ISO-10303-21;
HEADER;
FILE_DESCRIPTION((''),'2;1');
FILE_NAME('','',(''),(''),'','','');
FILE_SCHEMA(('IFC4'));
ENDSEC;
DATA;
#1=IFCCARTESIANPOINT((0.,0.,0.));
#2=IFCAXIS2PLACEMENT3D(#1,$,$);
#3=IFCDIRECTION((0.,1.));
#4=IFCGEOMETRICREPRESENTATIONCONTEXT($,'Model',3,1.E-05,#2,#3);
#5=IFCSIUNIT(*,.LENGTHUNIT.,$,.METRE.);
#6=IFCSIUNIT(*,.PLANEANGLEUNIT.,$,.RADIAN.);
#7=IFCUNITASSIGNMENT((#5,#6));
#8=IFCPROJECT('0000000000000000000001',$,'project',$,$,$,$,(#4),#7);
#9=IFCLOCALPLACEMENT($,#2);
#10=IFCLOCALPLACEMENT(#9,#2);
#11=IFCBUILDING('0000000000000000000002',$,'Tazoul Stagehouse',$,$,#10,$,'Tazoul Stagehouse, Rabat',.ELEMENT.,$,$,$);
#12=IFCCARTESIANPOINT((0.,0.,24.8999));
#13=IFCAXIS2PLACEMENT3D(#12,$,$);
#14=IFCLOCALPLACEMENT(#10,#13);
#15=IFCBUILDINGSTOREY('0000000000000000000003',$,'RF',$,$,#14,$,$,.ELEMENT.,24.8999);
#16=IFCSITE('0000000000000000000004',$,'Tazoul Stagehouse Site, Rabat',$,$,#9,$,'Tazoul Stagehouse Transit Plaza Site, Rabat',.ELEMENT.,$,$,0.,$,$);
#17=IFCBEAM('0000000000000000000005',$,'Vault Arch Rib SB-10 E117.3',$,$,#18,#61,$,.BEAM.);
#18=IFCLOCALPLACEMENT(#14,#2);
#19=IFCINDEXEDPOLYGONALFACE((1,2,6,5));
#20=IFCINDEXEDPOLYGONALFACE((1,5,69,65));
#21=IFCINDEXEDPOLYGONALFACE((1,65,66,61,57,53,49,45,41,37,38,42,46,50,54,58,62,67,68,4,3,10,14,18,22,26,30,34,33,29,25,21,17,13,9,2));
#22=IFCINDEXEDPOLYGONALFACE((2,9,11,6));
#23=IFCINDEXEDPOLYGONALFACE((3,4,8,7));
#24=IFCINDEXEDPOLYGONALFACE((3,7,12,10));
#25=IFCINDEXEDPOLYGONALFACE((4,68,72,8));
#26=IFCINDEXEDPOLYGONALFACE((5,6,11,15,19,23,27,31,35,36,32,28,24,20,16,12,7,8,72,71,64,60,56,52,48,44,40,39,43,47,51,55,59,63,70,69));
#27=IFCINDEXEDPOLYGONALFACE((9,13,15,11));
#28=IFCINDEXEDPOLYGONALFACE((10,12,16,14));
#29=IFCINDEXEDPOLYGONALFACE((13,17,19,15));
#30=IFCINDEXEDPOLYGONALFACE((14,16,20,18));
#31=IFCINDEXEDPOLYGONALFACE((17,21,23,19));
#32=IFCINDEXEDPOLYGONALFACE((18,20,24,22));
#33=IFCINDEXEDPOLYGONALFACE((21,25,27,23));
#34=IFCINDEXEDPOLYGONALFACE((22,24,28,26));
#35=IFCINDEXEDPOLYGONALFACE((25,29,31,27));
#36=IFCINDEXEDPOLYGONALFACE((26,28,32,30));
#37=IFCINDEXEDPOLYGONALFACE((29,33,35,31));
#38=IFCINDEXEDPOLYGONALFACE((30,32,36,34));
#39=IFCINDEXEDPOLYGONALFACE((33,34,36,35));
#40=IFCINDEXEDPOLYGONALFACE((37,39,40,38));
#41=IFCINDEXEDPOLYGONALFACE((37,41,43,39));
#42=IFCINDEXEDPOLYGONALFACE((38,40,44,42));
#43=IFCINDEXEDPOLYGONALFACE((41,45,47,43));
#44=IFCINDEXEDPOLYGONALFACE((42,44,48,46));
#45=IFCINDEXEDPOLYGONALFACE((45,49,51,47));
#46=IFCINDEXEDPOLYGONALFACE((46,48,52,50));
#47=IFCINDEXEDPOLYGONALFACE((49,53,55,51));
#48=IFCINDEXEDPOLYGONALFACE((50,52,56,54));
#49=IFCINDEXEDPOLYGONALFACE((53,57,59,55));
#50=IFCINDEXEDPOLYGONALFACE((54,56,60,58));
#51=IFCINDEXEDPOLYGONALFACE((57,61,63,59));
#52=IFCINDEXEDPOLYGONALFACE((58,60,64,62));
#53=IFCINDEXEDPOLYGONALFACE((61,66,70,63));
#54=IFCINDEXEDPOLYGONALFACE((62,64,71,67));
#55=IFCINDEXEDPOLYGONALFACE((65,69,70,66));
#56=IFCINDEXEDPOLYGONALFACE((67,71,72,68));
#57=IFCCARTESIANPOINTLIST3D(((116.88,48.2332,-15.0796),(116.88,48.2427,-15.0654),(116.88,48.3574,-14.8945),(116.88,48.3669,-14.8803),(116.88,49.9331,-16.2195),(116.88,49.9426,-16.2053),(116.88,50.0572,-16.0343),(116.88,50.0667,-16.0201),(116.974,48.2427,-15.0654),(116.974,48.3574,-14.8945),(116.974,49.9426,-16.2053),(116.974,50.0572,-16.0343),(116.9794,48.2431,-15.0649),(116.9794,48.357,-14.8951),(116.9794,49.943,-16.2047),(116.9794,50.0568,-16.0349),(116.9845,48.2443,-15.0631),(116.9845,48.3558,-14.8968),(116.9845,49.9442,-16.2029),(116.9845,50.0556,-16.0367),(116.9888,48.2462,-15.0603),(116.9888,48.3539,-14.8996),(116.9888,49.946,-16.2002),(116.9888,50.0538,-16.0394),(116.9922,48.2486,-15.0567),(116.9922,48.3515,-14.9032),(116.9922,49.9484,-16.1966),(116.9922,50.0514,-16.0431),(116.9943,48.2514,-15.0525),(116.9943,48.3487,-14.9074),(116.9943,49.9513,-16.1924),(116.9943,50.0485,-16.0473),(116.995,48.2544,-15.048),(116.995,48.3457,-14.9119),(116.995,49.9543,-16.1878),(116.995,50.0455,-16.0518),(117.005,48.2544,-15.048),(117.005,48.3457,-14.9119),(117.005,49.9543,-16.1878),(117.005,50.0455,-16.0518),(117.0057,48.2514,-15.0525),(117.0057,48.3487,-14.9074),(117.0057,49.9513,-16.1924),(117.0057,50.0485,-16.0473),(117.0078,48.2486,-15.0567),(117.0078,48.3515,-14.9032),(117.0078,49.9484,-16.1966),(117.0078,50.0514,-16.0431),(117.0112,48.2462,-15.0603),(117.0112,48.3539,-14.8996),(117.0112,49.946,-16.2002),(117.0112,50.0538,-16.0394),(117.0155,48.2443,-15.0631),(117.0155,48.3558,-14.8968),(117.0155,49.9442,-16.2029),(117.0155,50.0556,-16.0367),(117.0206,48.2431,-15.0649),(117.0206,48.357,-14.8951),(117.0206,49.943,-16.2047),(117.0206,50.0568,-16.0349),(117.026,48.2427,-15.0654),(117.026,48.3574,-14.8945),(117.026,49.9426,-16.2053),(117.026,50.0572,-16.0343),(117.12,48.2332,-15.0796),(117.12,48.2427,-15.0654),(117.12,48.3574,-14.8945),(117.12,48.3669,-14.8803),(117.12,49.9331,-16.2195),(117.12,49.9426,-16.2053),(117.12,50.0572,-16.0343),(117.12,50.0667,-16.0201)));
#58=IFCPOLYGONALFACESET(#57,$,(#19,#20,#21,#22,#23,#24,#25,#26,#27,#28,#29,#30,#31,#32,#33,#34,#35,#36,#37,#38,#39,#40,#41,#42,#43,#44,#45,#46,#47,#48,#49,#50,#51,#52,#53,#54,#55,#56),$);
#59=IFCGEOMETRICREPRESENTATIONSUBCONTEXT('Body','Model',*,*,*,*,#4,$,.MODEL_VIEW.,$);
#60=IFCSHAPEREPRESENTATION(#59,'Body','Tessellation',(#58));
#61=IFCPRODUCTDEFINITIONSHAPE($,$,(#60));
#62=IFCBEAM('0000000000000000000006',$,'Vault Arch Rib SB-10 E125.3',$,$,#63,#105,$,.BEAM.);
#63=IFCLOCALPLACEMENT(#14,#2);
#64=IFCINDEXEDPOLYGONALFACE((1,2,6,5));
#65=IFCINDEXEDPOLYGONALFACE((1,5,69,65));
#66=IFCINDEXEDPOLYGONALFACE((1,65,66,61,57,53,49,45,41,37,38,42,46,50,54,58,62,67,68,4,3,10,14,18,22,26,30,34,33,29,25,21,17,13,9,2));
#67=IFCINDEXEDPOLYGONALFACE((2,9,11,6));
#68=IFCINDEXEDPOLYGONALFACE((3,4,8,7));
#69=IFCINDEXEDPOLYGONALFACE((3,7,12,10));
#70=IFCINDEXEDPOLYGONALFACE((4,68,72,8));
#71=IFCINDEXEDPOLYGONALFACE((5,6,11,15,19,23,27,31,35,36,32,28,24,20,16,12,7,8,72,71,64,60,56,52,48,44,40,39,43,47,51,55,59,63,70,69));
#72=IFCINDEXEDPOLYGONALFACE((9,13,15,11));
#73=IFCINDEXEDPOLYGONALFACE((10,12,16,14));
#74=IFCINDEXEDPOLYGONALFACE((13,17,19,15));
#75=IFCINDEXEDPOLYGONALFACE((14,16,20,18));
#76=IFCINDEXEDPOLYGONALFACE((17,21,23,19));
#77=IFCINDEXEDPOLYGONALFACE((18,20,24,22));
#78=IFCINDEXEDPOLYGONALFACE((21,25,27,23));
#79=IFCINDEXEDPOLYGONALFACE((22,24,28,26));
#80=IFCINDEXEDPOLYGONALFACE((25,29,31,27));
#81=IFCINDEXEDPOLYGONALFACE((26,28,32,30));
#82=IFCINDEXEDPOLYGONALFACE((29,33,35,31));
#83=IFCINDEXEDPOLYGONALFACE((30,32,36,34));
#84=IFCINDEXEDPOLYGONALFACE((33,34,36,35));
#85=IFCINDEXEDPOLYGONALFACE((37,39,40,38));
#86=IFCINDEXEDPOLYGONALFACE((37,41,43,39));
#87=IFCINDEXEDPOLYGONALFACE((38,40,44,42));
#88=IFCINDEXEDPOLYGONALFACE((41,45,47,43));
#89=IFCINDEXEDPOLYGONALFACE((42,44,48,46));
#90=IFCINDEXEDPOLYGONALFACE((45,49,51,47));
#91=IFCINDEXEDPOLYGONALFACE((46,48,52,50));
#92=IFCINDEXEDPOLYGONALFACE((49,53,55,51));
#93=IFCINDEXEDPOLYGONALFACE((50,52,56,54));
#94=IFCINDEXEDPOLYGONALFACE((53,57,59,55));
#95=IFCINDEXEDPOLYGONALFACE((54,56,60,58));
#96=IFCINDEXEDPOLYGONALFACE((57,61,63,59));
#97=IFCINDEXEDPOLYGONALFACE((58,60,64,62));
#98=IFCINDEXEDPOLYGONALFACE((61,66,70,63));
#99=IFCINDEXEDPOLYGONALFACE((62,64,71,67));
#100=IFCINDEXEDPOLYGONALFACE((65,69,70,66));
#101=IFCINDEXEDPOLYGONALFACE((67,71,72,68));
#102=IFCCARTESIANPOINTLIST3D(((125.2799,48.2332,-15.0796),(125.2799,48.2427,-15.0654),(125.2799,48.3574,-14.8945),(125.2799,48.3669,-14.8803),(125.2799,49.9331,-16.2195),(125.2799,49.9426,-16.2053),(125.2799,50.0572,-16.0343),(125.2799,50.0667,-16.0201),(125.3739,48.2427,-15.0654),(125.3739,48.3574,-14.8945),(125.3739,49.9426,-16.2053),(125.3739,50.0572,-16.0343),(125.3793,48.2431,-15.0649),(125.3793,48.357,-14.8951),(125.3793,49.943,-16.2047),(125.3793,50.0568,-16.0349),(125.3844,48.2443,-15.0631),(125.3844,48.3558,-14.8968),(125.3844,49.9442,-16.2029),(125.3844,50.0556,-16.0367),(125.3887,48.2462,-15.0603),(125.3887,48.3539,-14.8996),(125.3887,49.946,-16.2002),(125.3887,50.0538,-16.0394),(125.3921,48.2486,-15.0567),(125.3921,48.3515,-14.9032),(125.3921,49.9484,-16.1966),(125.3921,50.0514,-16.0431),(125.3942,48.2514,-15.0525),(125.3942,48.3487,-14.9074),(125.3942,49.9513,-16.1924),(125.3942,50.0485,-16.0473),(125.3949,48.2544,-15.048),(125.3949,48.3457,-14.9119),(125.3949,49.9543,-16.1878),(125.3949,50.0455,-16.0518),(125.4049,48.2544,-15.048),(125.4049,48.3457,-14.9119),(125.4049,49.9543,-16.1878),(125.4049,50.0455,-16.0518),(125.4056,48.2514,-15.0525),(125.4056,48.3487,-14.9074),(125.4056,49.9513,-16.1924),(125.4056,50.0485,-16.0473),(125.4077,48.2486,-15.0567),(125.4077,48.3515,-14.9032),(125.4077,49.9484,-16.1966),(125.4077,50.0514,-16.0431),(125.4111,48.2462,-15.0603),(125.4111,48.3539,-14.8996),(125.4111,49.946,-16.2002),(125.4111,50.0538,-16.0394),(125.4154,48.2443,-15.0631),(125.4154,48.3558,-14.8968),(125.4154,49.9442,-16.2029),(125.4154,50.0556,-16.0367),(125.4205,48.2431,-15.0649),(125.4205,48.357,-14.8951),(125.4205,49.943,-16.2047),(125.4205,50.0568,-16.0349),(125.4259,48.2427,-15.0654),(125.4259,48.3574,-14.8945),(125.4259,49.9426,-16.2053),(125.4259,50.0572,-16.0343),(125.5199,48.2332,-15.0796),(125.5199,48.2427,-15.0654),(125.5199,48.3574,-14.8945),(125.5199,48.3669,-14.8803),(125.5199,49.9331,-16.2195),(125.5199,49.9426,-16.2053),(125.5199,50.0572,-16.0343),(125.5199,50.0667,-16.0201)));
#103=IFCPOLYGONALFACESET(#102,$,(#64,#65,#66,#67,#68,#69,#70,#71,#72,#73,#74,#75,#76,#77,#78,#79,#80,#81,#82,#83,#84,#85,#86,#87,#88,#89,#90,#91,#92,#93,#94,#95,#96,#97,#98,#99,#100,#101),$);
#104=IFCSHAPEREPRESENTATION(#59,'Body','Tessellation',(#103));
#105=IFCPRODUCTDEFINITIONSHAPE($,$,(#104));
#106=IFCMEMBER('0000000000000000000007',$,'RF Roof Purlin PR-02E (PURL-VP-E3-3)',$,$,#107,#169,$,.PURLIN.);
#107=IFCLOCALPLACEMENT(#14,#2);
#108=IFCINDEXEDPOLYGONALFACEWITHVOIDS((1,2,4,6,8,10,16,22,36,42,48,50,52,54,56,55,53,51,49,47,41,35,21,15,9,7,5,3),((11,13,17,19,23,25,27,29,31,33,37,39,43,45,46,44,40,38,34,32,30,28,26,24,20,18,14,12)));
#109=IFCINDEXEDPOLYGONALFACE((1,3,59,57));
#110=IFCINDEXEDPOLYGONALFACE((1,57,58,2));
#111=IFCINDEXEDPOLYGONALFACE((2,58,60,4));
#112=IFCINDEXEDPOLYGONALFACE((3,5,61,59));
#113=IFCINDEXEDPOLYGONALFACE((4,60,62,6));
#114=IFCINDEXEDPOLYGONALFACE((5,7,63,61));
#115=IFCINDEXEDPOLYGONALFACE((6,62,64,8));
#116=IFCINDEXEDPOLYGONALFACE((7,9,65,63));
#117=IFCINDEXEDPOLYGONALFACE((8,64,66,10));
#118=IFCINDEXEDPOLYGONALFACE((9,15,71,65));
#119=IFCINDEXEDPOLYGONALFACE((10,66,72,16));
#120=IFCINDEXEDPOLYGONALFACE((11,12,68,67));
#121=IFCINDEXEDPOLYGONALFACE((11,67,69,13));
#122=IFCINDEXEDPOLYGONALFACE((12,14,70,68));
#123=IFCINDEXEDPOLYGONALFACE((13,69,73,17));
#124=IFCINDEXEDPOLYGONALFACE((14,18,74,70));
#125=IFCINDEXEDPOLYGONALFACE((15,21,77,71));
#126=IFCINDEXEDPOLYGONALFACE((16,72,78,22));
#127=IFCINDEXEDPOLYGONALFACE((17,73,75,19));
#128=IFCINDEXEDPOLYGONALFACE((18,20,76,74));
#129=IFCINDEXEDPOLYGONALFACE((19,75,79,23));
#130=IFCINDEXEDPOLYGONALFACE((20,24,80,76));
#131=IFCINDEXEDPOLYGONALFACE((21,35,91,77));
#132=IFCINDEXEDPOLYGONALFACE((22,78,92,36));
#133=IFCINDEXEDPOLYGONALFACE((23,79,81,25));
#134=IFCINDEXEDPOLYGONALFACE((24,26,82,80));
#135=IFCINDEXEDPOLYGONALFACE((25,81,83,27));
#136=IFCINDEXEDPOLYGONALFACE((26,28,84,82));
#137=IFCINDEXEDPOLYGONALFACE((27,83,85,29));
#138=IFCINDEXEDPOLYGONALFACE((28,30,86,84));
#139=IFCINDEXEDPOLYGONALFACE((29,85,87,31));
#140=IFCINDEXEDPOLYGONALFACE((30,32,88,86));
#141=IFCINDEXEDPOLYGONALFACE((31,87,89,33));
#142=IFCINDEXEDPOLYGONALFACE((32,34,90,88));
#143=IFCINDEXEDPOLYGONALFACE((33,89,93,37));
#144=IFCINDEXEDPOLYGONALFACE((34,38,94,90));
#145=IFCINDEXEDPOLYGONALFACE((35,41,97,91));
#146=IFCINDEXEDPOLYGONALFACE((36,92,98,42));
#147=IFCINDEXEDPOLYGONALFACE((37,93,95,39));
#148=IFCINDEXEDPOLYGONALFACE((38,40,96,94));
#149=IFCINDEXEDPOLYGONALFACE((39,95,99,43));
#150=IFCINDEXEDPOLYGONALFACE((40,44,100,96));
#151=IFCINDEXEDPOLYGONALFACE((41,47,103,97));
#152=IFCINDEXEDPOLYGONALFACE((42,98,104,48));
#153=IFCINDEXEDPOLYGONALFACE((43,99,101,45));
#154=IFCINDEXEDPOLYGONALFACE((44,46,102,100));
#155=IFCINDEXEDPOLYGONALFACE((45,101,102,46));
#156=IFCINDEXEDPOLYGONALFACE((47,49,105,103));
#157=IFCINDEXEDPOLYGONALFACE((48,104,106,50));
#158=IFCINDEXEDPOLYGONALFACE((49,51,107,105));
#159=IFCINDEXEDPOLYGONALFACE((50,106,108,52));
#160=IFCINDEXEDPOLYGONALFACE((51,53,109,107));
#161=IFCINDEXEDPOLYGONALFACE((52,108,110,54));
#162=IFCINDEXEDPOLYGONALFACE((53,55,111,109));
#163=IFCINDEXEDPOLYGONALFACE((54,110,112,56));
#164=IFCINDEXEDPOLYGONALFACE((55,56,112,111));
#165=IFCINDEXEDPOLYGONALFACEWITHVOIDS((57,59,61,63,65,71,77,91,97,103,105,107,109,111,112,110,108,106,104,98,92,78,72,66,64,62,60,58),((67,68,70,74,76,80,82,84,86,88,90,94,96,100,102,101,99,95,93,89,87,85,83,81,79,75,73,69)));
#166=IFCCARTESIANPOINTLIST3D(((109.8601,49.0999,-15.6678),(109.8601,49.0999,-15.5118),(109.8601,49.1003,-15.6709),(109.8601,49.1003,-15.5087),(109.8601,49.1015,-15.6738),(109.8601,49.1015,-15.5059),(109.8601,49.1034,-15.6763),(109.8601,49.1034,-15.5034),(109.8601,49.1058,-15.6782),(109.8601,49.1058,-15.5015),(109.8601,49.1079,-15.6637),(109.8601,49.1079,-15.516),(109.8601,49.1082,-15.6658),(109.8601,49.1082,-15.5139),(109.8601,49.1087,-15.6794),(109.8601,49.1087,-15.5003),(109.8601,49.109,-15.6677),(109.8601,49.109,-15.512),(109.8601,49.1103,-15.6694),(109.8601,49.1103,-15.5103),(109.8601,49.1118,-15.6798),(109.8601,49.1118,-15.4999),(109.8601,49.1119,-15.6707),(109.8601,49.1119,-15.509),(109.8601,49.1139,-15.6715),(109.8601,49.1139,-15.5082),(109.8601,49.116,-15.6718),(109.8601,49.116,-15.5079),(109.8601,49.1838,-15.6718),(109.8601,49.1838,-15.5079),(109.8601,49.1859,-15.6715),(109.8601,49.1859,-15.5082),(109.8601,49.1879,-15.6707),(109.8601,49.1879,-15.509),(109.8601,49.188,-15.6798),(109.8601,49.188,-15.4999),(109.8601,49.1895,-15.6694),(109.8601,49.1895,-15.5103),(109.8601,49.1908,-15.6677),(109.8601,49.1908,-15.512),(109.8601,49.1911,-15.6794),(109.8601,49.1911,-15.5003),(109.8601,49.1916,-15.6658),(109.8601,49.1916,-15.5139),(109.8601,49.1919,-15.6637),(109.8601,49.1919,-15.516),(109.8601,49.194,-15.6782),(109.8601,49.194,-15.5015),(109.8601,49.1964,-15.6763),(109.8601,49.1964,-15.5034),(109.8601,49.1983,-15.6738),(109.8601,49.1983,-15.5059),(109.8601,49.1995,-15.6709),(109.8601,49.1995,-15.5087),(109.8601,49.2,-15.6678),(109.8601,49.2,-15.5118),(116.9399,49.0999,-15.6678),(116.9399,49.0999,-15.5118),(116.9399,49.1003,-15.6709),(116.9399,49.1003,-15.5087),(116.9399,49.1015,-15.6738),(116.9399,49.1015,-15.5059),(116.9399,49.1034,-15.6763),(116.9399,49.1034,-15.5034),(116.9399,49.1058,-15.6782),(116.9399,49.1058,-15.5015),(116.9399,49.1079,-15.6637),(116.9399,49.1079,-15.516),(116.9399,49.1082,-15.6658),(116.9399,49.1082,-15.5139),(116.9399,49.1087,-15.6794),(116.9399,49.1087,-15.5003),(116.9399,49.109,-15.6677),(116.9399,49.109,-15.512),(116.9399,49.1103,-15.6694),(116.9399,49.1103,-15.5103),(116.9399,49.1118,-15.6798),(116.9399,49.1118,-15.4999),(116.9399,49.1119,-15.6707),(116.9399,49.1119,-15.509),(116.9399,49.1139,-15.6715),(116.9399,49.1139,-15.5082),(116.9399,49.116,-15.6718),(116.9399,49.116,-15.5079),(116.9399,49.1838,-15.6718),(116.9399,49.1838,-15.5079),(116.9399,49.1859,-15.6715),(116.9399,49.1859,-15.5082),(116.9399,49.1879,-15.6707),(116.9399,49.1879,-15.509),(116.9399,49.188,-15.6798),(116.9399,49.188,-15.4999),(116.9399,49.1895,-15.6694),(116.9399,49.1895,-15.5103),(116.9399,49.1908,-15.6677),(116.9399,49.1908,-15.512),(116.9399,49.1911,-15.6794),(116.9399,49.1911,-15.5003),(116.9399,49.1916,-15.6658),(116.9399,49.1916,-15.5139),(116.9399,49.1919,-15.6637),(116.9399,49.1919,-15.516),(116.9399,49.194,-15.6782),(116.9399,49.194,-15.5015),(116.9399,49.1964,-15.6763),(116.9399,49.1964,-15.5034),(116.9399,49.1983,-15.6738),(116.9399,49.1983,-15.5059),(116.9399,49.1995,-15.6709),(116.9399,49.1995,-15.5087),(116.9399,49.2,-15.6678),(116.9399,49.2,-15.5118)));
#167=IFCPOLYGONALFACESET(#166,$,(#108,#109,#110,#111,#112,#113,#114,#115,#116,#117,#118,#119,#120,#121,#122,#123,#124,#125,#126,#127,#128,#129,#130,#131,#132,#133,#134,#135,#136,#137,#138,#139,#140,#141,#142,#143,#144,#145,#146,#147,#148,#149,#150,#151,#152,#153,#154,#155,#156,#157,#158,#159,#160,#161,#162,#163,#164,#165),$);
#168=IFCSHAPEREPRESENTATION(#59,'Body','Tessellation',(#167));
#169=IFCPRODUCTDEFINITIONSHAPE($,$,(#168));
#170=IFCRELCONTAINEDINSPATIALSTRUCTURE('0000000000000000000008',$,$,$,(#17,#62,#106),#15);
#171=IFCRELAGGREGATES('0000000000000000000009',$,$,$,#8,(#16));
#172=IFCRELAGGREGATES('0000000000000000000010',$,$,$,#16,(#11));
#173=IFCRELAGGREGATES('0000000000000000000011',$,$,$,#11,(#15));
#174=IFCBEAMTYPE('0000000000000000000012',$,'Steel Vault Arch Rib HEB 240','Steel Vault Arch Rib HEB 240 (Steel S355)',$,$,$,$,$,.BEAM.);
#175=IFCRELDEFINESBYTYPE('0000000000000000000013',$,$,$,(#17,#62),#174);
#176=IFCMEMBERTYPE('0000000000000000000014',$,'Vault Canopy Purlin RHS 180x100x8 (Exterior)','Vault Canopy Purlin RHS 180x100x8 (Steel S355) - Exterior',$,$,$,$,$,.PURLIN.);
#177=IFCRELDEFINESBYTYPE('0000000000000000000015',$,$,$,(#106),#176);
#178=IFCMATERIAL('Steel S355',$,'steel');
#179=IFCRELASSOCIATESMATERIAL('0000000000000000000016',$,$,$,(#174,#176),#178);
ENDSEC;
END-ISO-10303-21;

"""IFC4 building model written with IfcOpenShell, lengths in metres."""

from ifc_helpers import new_model, si_unit, direction, frame, origin, origin_2d, place, context, subcontext, project, spatial, hollow_rectangle, i_section, extrude, material, material_profile, profile_set, type_object, element, save


model = new_model("IFC4")

# Units and contexts
model_context = context("Model", 3, precision=1e-05, world=origin(), true_north=direction((0.0, 1.0)))
body_context = subcontext(model_context, "Body", "Model", "MODEL_VIEW")
ifc_project = project(units=[si_unit("LENGTHUNIT", "METRE"), si_unit("PLANEANGLEUNIT", "RADIAN")], contexts=[model_context])

# Site, building, storey
site_placement = place(None, origin())
site = spatial("IfcSite", under=ifc_project, at=site_placement, Name="Tazoul Stagehouse Site, Rabat", LongName="Tazoul Stagehouse Transit Plaza Site, Rabat", CompositionType="ELEMENT", RefElevation=0.0)
building_placement = place(site_placement, origin())
building = spatial("IfcBuilding", under=site, at=building_placement, Name="Tazoul Stagehouse", LongName="Tazoul Stagehouse, Rabat", CompositionType="ELEMENT")
storey_placement = place(building_placement, frame((0.0, 0.0, 24.8999)))
storey = spatial("IfcBuildingStorey", under=building, at=storey_placement, Name="RF", CompositionType="ELEMENT", Elevation=24.8999)

# Shared definitions
ifc_material_1 = material(Name="Steel S355", Category="steel")

# Beams
ifc_material_profile_1 = material_profile(ifc_material_1, i_section(OverallWidth=0.24, OverallDepth=0.24, WebThickness=0.01, FlangeThickness=0.0171, FilletRadius=0.021, at=origin_2d()), Name="HEB 240")
ifc_profile_set_1 = profile_set([ifc_material_profile_1], Name="Steel S355")
beam_type = type_object("IfcBeamType", Name="Steel Vault Arch Rib HEB 240", Description="Steel Vault Arch Rib HEB 240 (Steel S355)", PredefinedType="BEAM", material=ifc_profile_set_1)
for number, where, z_axis, x_axis, name in (
    (1, (117.0, 48.3, -14.98), (0.0, 0.830561, -0.556928), (-1.0, 0.0, 0.0), "Vault Arch Rib SB-10 E117.3"),
    (2, (125.3999, 48.3, -14.98), (0.0, 0.830561, -0.556928), (-1.0, 0.0, 0.0), "Vault Arch Rib SB-10 E125.3"),
):
    element("IfcBeam", number, at=place(storey_placement, frame(where, z_axis=z_axis, x_axis=x_axis)), inside=storey, type_object=beam_type, Name=name, PredefinedType="BEAM", context=body_context, shape_type="SweptSolid", body=[
        extrude(i_section(OverallWidth=0.24, OverallDepth=0.24, WebThickness=0.01, FlangeThickness=0.0171, FilletRadius=0.021, at=origin_2d()), origin(), (0.0, 0.0, 1.0), 2.0466),
    ])

# Member
ifc_material_profile_2 = material_profile(ifc_material_1, hollow_rectangle(XDim=0.1001, YDim=0.1799, WallThickness=0.0081, InnerFilletRadius=0.0081, OuterFilletRadius=0.012, at=origin_2d()), Name="RHS 180x100x8")
ifc_profile_set_2 = profile_set([ifc_material_profile_2], Name="Steel S355")
member_type_1 = type_object("IfcMemberType", Name="Vault Canopy Purlin RHS 180x100x8 (Exterior)", Description="Vault Canopy Purlin RHS 180x100x8 (Steel S355) - Exterior", PredefinedType="PURLIN", material=ifc_profile_set_2)
member_1_placement = place(storey_placement, frame((109.8601, 49.1499, -15.5898), z_axis=(1.0, 0.0, 0.0), x_axis=(0.0, 1.0, 0.0)))
element("IfcMember", 3, at=member_1_placement, inside=storey, type_object=member_type_1, Name="RF Roof Purlin PR-02E (PURL-VP-E3-3)", PredefinedType="PURLIN", context=body_context, shape_type="SweptSolid", body=[
    extrude(hollow_rectangle(XDim=0.1001, YDim=0.1799, WallThickness=0.0081, InnerFilletRadius=0.0081, OuterFilletRadius=0.012, at=origin_2d()), origin(), (0.0, 0.0, 1.0), 7.0798),
])

save(model, "model.ifc")
